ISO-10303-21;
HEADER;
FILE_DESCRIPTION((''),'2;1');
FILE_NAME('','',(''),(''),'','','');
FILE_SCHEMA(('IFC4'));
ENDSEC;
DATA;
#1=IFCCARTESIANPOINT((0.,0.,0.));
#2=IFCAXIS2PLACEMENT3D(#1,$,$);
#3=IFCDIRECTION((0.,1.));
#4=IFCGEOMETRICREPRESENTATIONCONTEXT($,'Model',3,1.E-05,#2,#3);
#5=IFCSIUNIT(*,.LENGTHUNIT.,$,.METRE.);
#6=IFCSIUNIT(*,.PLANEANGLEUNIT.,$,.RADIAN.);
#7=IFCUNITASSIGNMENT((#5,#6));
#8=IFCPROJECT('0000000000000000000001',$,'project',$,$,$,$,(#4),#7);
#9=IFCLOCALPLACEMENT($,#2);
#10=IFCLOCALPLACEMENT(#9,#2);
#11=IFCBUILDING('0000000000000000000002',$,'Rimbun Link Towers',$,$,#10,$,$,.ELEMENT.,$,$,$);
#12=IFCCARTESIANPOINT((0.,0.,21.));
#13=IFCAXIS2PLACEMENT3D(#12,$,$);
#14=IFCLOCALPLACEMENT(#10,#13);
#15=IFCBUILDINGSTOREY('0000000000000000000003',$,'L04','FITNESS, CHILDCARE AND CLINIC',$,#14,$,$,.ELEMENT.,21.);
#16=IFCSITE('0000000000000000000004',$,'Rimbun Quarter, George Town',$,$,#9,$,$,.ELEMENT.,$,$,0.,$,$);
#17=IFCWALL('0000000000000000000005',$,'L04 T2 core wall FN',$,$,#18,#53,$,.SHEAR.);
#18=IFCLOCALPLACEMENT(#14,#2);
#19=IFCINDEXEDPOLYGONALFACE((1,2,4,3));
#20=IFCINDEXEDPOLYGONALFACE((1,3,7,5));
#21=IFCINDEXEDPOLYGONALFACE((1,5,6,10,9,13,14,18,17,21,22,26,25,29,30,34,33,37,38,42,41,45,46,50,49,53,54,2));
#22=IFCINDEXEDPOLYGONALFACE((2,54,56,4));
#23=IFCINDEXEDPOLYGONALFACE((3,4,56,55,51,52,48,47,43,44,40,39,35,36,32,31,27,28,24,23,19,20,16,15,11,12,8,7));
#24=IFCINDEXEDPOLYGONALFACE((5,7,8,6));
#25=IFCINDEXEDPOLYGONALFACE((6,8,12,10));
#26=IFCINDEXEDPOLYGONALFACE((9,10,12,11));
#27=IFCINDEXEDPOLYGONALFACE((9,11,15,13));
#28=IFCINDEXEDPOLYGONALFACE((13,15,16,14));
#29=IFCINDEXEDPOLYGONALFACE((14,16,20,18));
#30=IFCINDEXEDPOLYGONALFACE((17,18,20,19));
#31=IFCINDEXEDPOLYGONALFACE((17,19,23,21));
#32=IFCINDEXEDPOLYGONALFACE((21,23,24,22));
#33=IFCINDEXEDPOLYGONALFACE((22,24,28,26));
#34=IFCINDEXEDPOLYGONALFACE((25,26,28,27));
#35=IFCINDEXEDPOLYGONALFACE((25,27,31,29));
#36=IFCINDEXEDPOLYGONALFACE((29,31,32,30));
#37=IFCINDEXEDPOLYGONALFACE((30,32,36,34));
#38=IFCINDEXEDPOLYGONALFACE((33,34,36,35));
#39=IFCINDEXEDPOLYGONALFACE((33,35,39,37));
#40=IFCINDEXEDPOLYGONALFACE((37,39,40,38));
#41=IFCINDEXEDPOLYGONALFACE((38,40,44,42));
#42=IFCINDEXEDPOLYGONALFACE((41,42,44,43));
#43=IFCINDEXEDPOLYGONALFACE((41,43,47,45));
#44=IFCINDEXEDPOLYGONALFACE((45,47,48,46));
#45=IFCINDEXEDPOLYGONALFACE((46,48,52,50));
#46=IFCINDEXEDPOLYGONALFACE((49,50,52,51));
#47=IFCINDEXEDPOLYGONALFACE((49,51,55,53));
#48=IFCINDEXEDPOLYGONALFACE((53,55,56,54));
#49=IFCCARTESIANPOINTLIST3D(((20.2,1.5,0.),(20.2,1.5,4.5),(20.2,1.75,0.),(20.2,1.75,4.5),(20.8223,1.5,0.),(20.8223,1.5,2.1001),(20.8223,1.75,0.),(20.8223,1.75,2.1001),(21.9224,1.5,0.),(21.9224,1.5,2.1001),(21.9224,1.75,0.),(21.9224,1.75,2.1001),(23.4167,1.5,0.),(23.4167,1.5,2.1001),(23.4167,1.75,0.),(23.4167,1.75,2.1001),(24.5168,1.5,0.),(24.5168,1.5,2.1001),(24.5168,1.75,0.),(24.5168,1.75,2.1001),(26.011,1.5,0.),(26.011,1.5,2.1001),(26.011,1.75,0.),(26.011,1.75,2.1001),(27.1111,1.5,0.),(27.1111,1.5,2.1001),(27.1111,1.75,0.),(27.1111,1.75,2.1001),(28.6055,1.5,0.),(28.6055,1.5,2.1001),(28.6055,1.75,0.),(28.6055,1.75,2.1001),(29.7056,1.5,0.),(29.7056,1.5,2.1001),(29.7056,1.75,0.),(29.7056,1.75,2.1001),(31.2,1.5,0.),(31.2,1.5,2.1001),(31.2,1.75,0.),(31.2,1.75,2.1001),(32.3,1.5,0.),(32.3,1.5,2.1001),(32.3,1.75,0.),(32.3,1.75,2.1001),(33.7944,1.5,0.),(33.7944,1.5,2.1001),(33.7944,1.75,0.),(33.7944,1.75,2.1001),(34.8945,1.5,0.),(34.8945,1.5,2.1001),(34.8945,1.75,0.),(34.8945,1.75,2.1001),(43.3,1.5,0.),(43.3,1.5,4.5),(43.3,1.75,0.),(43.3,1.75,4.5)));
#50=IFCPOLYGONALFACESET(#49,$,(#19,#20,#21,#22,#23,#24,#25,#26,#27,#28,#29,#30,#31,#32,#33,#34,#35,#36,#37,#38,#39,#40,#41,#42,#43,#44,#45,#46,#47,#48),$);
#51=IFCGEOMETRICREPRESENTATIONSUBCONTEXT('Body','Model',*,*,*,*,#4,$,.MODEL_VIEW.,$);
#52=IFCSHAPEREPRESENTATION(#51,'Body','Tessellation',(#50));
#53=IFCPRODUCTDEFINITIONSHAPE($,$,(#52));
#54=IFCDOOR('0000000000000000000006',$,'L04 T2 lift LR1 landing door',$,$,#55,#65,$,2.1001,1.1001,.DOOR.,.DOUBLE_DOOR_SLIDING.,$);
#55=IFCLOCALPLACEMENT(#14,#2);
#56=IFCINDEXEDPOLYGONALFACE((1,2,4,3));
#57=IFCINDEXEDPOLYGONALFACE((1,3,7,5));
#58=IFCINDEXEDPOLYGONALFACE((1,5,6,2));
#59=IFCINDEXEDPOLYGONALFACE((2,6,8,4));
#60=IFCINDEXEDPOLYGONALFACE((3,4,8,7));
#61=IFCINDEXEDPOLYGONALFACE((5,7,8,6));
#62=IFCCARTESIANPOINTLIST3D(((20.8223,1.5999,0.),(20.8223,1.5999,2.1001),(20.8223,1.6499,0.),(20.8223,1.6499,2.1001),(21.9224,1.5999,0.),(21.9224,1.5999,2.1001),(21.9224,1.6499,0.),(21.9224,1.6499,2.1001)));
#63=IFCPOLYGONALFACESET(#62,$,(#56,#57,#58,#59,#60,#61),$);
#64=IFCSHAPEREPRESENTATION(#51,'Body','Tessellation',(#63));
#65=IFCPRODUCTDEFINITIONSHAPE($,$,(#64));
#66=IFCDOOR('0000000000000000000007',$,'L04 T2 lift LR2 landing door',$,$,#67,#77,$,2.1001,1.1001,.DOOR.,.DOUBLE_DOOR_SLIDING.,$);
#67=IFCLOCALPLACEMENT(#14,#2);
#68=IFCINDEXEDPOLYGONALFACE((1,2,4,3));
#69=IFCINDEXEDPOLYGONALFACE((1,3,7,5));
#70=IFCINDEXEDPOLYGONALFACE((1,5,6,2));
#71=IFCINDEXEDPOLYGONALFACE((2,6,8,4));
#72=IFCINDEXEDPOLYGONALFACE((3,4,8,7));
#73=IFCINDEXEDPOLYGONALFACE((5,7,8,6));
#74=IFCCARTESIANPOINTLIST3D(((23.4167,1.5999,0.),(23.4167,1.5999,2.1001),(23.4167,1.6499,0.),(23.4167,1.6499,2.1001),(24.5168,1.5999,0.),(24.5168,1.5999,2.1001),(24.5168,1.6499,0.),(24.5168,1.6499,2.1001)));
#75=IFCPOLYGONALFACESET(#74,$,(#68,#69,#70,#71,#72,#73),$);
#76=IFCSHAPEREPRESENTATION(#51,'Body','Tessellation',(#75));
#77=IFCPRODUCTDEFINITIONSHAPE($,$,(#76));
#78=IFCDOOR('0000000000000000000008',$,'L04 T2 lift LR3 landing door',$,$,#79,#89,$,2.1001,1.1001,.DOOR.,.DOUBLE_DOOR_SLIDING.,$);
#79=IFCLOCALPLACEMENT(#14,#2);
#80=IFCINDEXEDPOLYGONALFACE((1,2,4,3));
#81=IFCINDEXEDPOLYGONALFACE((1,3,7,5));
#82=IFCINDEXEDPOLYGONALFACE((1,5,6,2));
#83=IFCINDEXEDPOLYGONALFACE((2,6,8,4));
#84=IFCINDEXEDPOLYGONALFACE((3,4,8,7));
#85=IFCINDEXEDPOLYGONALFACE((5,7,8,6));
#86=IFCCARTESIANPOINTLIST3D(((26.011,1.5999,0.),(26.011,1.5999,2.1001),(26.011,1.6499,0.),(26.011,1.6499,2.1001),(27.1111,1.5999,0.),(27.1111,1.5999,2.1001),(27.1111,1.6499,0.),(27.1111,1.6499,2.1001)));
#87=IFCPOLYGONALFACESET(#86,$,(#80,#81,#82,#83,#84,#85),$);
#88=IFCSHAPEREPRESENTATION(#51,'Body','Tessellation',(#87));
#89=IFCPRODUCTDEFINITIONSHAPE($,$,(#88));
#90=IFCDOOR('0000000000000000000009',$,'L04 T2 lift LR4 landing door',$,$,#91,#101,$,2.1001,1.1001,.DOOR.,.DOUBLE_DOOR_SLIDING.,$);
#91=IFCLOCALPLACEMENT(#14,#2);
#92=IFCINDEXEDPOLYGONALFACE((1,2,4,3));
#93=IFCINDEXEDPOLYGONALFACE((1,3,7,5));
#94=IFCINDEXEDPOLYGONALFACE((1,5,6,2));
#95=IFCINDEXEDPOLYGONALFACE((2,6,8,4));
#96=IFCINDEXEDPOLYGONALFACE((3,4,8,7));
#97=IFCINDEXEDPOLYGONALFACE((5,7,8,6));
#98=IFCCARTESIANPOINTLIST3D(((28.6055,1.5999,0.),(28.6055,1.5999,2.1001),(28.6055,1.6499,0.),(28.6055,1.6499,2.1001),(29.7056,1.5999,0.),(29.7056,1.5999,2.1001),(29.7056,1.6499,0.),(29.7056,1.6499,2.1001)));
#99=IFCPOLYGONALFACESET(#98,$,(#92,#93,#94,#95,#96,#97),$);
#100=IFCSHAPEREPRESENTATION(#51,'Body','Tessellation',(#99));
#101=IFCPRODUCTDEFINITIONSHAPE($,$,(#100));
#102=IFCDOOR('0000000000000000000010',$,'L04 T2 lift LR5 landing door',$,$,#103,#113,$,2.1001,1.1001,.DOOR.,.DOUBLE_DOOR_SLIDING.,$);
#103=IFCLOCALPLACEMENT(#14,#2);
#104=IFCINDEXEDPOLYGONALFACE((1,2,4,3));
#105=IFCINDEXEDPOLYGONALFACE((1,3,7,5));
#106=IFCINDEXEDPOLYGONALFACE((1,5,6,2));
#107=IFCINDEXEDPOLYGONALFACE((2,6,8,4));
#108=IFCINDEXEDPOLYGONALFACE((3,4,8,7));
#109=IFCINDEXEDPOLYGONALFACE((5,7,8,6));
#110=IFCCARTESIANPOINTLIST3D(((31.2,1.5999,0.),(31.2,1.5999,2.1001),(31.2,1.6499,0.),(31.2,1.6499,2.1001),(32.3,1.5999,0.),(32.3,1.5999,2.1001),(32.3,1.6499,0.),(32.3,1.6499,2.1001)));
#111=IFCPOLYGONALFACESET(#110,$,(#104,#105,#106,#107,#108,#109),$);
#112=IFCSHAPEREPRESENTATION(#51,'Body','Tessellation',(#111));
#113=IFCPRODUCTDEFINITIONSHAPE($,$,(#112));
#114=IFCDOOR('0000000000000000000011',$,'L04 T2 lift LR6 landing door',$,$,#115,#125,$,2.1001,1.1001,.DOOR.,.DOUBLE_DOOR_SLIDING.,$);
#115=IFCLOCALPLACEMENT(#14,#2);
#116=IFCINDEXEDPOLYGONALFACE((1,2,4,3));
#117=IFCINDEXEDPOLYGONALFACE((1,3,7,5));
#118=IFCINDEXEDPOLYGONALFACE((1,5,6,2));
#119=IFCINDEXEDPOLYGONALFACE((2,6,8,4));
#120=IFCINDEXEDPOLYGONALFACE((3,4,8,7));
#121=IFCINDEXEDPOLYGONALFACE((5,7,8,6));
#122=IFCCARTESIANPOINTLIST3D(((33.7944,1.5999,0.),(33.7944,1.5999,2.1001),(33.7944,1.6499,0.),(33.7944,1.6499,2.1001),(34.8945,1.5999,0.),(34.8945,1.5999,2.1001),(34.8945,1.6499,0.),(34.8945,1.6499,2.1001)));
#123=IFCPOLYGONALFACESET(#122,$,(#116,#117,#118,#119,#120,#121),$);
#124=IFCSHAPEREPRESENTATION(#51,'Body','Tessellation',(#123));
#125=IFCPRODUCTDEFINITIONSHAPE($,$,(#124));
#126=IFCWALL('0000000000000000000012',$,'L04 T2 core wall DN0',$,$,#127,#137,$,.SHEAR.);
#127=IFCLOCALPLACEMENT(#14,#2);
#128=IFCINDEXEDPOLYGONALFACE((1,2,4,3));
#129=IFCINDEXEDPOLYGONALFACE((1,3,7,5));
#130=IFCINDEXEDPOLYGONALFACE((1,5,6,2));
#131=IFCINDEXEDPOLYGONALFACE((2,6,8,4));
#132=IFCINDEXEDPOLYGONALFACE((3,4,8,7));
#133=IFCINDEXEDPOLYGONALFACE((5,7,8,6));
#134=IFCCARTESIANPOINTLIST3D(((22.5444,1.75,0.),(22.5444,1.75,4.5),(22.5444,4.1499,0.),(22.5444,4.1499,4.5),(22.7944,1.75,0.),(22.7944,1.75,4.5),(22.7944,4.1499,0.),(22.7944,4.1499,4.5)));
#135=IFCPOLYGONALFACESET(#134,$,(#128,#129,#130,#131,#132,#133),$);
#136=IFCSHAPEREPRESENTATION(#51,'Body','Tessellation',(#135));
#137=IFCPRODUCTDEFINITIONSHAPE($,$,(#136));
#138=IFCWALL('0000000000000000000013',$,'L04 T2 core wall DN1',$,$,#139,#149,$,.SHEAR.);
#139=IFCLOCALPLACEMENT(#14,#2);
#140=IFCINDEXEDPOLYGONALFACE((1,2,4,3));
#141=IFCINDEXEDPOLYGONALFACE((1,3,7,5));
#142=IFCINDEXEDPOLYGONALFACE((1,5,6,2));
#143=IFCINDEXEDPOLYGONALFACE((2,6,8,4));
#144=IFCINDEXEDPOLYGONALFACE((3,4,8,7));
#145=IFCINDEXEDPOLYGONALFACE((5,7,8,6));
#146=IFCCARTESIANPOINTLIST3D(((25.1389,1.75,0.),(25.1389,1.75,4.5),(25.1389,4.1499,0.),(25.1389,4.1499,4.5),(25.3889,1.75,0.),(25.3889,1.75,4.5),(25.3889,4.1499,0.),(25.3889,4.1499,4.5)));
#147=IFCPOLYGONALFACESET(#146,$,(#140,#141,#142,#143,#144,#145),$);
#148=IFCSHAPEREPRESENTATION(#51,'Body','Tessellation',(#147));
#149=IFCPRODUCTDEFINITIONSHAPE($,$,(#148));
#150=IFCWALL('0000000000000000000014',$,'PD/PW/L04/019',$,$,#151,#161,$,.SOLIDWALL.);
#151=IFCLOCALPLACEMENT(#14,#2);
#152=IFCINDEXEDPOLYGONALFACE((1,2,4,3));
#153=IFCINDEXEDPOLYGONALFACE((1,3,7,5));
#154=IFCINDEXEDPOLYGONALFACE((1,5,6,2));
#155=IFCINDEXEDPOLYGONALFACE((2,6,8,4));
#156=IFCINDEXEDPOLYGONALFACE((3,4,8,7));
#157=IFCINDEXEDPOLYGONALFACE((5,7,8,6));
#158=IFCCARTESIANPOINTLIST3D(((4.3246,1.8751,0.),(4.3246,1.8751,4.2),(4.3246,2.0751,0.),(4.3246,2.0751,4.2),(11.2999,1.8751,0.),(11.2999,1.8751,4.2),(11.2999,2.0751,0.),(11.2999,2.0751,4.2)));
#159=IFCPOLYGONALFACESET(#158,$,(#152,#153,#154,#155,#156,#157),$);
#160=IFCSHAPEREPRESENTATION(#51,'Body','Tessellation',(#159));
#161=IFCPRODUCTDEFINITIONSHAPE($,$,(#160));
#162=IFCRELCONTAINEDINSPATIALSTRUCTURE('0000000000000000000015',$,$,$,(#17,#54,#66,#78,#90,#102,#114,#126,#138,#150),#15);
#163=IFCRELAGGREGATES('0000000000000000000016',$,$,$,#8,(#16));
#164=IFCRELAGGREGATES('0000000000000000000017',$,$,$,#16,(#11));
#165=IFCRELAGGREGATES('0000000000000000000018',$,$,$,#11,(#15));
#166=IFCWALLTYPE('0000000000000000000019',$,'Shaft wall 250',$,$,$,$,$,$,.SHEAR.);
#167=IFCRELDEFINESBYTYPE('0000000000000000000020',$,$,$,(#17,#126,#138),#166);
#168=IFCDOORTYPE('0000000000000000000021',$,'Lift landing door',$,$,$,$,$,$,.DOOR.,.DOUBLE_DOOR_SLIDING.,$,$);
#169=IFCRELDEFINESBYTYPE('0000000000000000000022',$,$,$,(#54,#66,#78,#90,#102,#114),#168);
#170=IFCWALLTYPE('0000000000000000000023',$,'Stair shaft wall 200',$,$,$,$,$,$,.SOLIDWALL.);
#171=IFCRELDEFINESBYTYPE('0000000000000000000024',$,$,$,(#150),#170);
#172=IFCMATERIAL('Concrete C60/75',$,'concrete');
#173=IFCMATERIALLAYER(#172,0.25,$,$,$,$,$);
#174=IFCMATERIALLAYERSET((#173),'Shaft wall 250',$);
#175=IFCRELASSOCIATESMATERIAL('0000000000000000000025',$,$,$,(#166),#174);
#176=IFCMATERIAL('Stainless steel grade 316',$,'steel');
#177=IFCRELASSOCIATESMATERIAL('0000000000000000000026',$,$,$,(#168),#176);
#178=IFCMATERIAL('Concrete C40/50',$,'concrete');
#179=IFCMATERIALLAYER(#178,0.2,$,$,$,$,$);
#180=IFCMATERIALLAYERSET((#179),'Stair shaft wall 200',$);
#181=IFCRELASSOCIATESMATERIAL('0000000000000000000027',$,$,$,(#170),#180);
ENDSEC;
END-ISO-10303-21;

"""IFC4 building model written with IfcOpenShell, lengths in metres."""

from ifc_helpers import new_model, si_unit, direction, frame, frame_2d, origin, place, context, subcontext, project, spatial, rectangle, extrude, material, layer, layer_set, type_object, element, fill, save


model = new_model("IFC4")

# Units and contexts
model_context = context("Model", 3, precision=1e-05, world=origin(), true_north=direction((0.0, 1.0)))
body_context = subcontext(model_context, "Body", "Model", "MODEL_VIEW")
ifc_project = project(units=[si_unit("LENGTHUNIT", "METRE"), si_unit("PLANEANGLEUNIT", "RADIAN")], contexts=[model_context])

# Site, building, storey
site_placement = place(None, origin())
site = spatial("IfcSite", under=ifc_project, at=site_placement, Name="Rimbun Quarter, George Town", CompositionType="ELEMENT", RefElevation=0.0)
building_placement = place(site_placement, origin())
building = spatial("IfcBuilding", under=site, at=building_placement, Name="Rimbun Link Towers", CompositionType="ELEMENT")
storey_placement = place(building_placement, frame((0.0, 0.0, 21.0)))
storey = spatial("IfcBuildingStorey", under=building, at=storey_placement, Name="L04", Description="FITNESS, CHILDCARE AND CLINIC", CompositionType="ELEMENT", Elevation=21.0)

# Shared definitions
ifc_material_1 = material(Name="Concrete C60/75", Category="concrete")
ifc_layer_1 = layer(ifc_material_1, 0.25)
ifc_layer_set_1 = layer_set([ifc_layer_1], Name="Shaft wall 250")
wall_type_1 = type_object("IfcWallType", Name="Shaft wall 250", PredefinedType="SHEAR", material=ifc_layer_set_1)

# Wall, openings, doors
wall_1_placement = place(storey_placement, frame((20.2, 1.625, 0.0), z_axis=(0.0, 0.0, 1.0), x_axis=(1.0, 0.0, 0.0)))
wall_1 = element("IfcWall", 1, at=wall_1_placement, inside=storey, type_object=wall_type_1, Name="L04 T2 core wall FN", PredefinedType="SHEAR", context=body_context, shape_type="SweptSolid", body=[
    extrude(rectangle(XDim=23.1001, YDim=0.25, at=frame_2d((11.55, 0.0))), origin(), (0.0, 0.0, 1.0), 4.5),
])
opening_1_placement = place(wall_1_placement, frame((0.6223, 0.0, 0.0)))
opening_1 = element("IfcOpeningElement", 2, at=opening_1_placement, cuts=wall_1, PredefinedType="OPENING", context=body_context, shape_type="SweptSolid", body=[
    extrude(rectangle(XDim=1.1001, YDim=2.1001, at=frame_2d((0.55, 1.05))), frame((0.0, 0.135, 0.0), z_axis=(0.0, -1.0, 0.0), x_axis=(1.0, 0.0, 0.0)), (0.0, 0.0, 1.0), 0.27),
])
opening_2_placement = place(wall_1_placement, frame((3.2168, 0.0, 0.0)))
opening_2 = element("IfcOpeningElement", 3, at=opening_2_placement, cuts=wall_1, PredefinedType="OPENING", context=body_context, shape_type="SweptSolid", body=[
    extrude(rectangle(XDim=1.1001, YDim=2.1001, at=frame_2d((0.55, 1.05))), frame((0.0, 0.135, 0.0), z_axis=(0.0, -1.0, 0.0), x_axis=(1.0, 0.0, 0.0)), (0.0, 0.0, 1.0), 0.27),
])
opening_3_placement = place(wall_1_placement, frame((5.811, 0.0, 0.0)))
opening_3 = element("IfcOpeningElement", 4, at=opening_3_placement, cuts=wall_1, PredefinedType="OPENING", context=body_context, shape_type="SweptSolid", body=[
    extrude(rectangle(XDim=1.1001, YDim=2.1001, at=frame_2d((0.55, 1.05))), frame((0.0, 0.135, 0.0), z_axis=(0.0, -1.0, 0.0), x_axis=(1.0, 0.0, 0.0)), (0.0, 0.0, 1.0), 0.27),
])
opening_4_placement = place(wall_1_placement, frame((8.4055, 0.0, 0.0)))
opening_4 = element("IfcOpeningElement", 5, at=opening_4_placement, cuts=wall_1, PredefinedType="OPENING", context=body_context, shape_type="SweptSolid", body=[
    extrude(rectangle(XDim=1.1001, YDim=2.1001, at=frame_2d((0.55, 1.05))), frame((0.0, 0.135, 0.0), z_axis=(0.0, -1.0, 0.0), x_axis=(1.0, 0.0, 0.0)), (0.0, 0.0, 1.0), 0.27),
])
opening_5_placement = place(wall_1_placement, frame((11.0, 0.0, 0.0)))
opening_5 = element("IfcOpeningElement", 6, at=opening_5_placement, cuts=wall_1, PredefinedType="OPENING", context=body_context, shape_type="SweptSolid", body=[
    extrude(rectangle(XDim=1.1001, YDim=2.1001, at=frame_2d((0.55, 1.05))), frame((0.0, 0.135, 0.0), z_axis=(0.0, -1.0, 0.0), x_axis=(1.0, 0.0, 0.0)), (0.0, 0.0, 1.0), 0.27),
])
opening_6_placement = place(wall_1_placement, frame((13.5945, 0.0, 0.0)))
opening_6 = element("IfcOpeningElement", 7, at=opening_6_placement, cuts=wall_1, PredefinedType="OPENING", context=body_context, shape_type="SweptSolid", body=[
    extrude(rectangle(XDim=1.1001, YDim=2.1001, at=frame_2d((0.55, 1.05))), frame((0.0, 0.135, 0.0), z_axis=(0.0, -1.0, 0.0), x_axis=(1.0, 0.0, 0.0)), (0.0, 0.0, 1.0), 0.27),
])
ifc_material_2 = material(Name="Stainless steel grade 316", Category="steel")
door_type_1 = type_object("IfcDoorType", Name="Lift landing door", OperationType="DOUBLE_DOOR_SLIDING", PredefinedType="DOOR", material=ifc_material_2)
door_1_placement = place(opening_1_placement, origin())
door_1 = element("IfcDoor", 8, at=door_1_placement, inside=storey, type_object=door_type_1, Name="L04 T2 lift LR1 landing door", OperationType="DOUBLE_DOOR_SLIDING", OverallHeight=2.1001, OverallWidth=1.1001, PredefinedType="DOOR", context=body_context, shape_type="SweptSolid", body=[
    extrude(rectangle(XDim=1.1001, YDim=2.1001, at=frame_2d((0.55, 1.05))), frame((0.0, 0.0249, 0.0), z_axis=(0.0, -1.0, 0.0), x_axis=(1.0, 0.0, 0.0)), (0.0, 0.0, 1.0), 0.05),
])
fill(opening_1, door_1)
door_2_placement = place(opening_2_placement, origin())
door_2 = element("IfcDoor", 9, at=door_2_placement, inside=storey, type_object=door_type_1, Name="L04 T2 lift LR2 landing door", OperationType="DOUBLE_DOOR_SLIDING", OverallHeight=2.1001, OverallWidth=1.1001, PredefinedType="DOOR", context=body_context, shape_type="SweptSolid", body=[
    extrude(rectangle(XDim=1.1001, YDim=2.1001, at=frame_2d((0.55, 1.05))), frame((0.0, 0.0249, 0.0), z_axis=(0.0, -1.0, 0.0), x_axis=(1.0, 0.0, 0.0)), (0.0, 0.0, 1.0), 0.05),
])
fill(opening_2, door_2)
door_3_placement = place(opening_3_placement, origin())
door_3 = element("IfcDoor", 10, at=door_3_placement, inside=storey, type_object=door_type_1, Name="L04 T2 lift LR3 landing door", OperationType="DOUBLE_DOOR_SLIDING", OverallHeight=2.1001, OverallWidth=1.1001, PredefinedType="DOOR", context=body_context, shape_type="SweptSolid", body=[
    extrude(rectangle(XDim=1.1001, YDim=2.1001, at=frame_2d((0.55, 1.05))), frame((0.0, 0.0249, 0.0), z_axis=(0.0, -1.0, 0.0), x_axis=(1.0, 0.0, 0.0)), (0.0, 0.0, 1.0), 0.05),
])
fill(opening_3, door_3)
door_4_placement = place(opening_4_placement, origin())
door_4 = element("IfcDoor", 11, at=door_4_placement, inside=storey, type_object=door_type_1, Name="L04 T2 lift LR4 landing door", OperationType="DOUBLE_DOOR_SLIDING", OverallHeight=2.1001, OverallWidth=1.1001, PredefinedType="DOOR", context=body_context, shape_type="SweptSolid", body=[
    extrude(rectangle(XDim=1.1001, YDim=2.1001, at=frame_2d((0.55, 1.05))), frame((0.0, 0.0249, 0.0), z_axis=(0.0, -1.0, 0.0), x_axis=(1.0, 0.0, 0.0)), (0.0, 0.0, 1.0), 0.05),
])
fill(opening_4, door_4)
door_5_placement = place(opening_5_placement, origin())
door_5 = element("IfcDoor", 12, at=door_5_placement, inside=storey, type_object=door_type_1, Name="L04 T2 lift LR5 landing door", OperationType="DOUBLE_DOOR_SLIDING", OverallHeight=2.1001, OverallWidth=1.1001, PredefinedType="DOOR", context=body_context, shape_type="SweptSolid", body=[
    extrude(rectangle(XDim=1.1001, YDim=2.1001, at=frame_2d((0.55, 1.05))), frame((0.0, 0.0249, 0.0), z_axis=(0.0, -1.0, 0.0), x_axis=(1.0, 0.0, 0.0)), (0.0, 0.0, 1.0), 0.05),
])
fill(opening_5, door_5)
door_6_placement = place(opening_6_placement, origin())
door_6 = element("IfcDoor", 13, at=door_6_placement, inside=storey, type_object=door_type_1, Name="L04 T2 lift LR6 landing door", OperationType="DOUBLE_DOOR_SLIDING", OverallHeight=2.1001, OverallWidth=1.1001, PredefinedType="DOOR", context=body_context, shape_type="SweptSolid", body=[
    extrude(rectangle(XDim=1.1001, YDim=2.1001, at=frame_2d((0.55, 1.05))), frame((0.0, 0.0249, 0.0), z_axis=(0.0, -1.0, 0.0), x_axis=(1.0, 0.0, 0.0)), (0.0, 0.0, 1.0), 0.05),
])
fill(opening_6, door_6)

# Walls
for number, where, z_axis, x_axis, name in (
    (14, (22.6694, 1.75, 0.0), (0.0, 0.0, 1.0), (0.0, 1.0, 0.0), "L04 T2 core wall DN0"),
    (15, (25.2639, 1.75, 0.0), (0.0, 0.0, 1.0), (0.0, 1.0, 0.0), "L04 T2 core wall DN1"),
):
    element("IfcWall", number, at=place(storey_placement, frame(where, z_axis=z_axis, x_axis=x_axis)), inside=storey, type_object=wall_type_1, Name=name, PredefinedType="SHEAR", context=body_context, shape_type="SweptSolid", body=[
        extrude(rectangle(XDim=2.3999, YDim=0.25, at=frame_2d((1.2, 0.0))), origin(), (0.0, 0.0, 1.0), 4.5),
    ])
ifc_material_3 = material(Name="Concrete C40/50", Category="concrete")
ifc_layer_2 = layer(ifc_material_3, 0.2)
ifc_layer_set_2 = layer_set([ifc_layer_2], Name="Stair shaft wall 200")
wall_type_2 = type_object("IfcWallType", Name="Stair shaft wall 200", PredefinedType="SOLIDWALL", material=ifc_layer_set_2)
wall_2_placement = place(storey_placement, frame((11.3, 1.9751, 0.0), z_axis=(0.0, 0.0, 1.0), x_axis=(-1.0, 0.0, 0.0)))
element("IfcWall", 16, at=wall_2_placement, inside=storey, type_object=wall_type_2, Name="PD/PW/L04/019", PredefinedType="SOLIDWALL", context=body_context, shape_type="SweptSolid", body=[
    extrude(rectangle(XDim=6.9753, YDim=0.2, at=frame_2d((3.4878, 0.0))), origin(), (0.0, 0.0, 1.0), 4.2),
])

save(model, "model.ifc")
